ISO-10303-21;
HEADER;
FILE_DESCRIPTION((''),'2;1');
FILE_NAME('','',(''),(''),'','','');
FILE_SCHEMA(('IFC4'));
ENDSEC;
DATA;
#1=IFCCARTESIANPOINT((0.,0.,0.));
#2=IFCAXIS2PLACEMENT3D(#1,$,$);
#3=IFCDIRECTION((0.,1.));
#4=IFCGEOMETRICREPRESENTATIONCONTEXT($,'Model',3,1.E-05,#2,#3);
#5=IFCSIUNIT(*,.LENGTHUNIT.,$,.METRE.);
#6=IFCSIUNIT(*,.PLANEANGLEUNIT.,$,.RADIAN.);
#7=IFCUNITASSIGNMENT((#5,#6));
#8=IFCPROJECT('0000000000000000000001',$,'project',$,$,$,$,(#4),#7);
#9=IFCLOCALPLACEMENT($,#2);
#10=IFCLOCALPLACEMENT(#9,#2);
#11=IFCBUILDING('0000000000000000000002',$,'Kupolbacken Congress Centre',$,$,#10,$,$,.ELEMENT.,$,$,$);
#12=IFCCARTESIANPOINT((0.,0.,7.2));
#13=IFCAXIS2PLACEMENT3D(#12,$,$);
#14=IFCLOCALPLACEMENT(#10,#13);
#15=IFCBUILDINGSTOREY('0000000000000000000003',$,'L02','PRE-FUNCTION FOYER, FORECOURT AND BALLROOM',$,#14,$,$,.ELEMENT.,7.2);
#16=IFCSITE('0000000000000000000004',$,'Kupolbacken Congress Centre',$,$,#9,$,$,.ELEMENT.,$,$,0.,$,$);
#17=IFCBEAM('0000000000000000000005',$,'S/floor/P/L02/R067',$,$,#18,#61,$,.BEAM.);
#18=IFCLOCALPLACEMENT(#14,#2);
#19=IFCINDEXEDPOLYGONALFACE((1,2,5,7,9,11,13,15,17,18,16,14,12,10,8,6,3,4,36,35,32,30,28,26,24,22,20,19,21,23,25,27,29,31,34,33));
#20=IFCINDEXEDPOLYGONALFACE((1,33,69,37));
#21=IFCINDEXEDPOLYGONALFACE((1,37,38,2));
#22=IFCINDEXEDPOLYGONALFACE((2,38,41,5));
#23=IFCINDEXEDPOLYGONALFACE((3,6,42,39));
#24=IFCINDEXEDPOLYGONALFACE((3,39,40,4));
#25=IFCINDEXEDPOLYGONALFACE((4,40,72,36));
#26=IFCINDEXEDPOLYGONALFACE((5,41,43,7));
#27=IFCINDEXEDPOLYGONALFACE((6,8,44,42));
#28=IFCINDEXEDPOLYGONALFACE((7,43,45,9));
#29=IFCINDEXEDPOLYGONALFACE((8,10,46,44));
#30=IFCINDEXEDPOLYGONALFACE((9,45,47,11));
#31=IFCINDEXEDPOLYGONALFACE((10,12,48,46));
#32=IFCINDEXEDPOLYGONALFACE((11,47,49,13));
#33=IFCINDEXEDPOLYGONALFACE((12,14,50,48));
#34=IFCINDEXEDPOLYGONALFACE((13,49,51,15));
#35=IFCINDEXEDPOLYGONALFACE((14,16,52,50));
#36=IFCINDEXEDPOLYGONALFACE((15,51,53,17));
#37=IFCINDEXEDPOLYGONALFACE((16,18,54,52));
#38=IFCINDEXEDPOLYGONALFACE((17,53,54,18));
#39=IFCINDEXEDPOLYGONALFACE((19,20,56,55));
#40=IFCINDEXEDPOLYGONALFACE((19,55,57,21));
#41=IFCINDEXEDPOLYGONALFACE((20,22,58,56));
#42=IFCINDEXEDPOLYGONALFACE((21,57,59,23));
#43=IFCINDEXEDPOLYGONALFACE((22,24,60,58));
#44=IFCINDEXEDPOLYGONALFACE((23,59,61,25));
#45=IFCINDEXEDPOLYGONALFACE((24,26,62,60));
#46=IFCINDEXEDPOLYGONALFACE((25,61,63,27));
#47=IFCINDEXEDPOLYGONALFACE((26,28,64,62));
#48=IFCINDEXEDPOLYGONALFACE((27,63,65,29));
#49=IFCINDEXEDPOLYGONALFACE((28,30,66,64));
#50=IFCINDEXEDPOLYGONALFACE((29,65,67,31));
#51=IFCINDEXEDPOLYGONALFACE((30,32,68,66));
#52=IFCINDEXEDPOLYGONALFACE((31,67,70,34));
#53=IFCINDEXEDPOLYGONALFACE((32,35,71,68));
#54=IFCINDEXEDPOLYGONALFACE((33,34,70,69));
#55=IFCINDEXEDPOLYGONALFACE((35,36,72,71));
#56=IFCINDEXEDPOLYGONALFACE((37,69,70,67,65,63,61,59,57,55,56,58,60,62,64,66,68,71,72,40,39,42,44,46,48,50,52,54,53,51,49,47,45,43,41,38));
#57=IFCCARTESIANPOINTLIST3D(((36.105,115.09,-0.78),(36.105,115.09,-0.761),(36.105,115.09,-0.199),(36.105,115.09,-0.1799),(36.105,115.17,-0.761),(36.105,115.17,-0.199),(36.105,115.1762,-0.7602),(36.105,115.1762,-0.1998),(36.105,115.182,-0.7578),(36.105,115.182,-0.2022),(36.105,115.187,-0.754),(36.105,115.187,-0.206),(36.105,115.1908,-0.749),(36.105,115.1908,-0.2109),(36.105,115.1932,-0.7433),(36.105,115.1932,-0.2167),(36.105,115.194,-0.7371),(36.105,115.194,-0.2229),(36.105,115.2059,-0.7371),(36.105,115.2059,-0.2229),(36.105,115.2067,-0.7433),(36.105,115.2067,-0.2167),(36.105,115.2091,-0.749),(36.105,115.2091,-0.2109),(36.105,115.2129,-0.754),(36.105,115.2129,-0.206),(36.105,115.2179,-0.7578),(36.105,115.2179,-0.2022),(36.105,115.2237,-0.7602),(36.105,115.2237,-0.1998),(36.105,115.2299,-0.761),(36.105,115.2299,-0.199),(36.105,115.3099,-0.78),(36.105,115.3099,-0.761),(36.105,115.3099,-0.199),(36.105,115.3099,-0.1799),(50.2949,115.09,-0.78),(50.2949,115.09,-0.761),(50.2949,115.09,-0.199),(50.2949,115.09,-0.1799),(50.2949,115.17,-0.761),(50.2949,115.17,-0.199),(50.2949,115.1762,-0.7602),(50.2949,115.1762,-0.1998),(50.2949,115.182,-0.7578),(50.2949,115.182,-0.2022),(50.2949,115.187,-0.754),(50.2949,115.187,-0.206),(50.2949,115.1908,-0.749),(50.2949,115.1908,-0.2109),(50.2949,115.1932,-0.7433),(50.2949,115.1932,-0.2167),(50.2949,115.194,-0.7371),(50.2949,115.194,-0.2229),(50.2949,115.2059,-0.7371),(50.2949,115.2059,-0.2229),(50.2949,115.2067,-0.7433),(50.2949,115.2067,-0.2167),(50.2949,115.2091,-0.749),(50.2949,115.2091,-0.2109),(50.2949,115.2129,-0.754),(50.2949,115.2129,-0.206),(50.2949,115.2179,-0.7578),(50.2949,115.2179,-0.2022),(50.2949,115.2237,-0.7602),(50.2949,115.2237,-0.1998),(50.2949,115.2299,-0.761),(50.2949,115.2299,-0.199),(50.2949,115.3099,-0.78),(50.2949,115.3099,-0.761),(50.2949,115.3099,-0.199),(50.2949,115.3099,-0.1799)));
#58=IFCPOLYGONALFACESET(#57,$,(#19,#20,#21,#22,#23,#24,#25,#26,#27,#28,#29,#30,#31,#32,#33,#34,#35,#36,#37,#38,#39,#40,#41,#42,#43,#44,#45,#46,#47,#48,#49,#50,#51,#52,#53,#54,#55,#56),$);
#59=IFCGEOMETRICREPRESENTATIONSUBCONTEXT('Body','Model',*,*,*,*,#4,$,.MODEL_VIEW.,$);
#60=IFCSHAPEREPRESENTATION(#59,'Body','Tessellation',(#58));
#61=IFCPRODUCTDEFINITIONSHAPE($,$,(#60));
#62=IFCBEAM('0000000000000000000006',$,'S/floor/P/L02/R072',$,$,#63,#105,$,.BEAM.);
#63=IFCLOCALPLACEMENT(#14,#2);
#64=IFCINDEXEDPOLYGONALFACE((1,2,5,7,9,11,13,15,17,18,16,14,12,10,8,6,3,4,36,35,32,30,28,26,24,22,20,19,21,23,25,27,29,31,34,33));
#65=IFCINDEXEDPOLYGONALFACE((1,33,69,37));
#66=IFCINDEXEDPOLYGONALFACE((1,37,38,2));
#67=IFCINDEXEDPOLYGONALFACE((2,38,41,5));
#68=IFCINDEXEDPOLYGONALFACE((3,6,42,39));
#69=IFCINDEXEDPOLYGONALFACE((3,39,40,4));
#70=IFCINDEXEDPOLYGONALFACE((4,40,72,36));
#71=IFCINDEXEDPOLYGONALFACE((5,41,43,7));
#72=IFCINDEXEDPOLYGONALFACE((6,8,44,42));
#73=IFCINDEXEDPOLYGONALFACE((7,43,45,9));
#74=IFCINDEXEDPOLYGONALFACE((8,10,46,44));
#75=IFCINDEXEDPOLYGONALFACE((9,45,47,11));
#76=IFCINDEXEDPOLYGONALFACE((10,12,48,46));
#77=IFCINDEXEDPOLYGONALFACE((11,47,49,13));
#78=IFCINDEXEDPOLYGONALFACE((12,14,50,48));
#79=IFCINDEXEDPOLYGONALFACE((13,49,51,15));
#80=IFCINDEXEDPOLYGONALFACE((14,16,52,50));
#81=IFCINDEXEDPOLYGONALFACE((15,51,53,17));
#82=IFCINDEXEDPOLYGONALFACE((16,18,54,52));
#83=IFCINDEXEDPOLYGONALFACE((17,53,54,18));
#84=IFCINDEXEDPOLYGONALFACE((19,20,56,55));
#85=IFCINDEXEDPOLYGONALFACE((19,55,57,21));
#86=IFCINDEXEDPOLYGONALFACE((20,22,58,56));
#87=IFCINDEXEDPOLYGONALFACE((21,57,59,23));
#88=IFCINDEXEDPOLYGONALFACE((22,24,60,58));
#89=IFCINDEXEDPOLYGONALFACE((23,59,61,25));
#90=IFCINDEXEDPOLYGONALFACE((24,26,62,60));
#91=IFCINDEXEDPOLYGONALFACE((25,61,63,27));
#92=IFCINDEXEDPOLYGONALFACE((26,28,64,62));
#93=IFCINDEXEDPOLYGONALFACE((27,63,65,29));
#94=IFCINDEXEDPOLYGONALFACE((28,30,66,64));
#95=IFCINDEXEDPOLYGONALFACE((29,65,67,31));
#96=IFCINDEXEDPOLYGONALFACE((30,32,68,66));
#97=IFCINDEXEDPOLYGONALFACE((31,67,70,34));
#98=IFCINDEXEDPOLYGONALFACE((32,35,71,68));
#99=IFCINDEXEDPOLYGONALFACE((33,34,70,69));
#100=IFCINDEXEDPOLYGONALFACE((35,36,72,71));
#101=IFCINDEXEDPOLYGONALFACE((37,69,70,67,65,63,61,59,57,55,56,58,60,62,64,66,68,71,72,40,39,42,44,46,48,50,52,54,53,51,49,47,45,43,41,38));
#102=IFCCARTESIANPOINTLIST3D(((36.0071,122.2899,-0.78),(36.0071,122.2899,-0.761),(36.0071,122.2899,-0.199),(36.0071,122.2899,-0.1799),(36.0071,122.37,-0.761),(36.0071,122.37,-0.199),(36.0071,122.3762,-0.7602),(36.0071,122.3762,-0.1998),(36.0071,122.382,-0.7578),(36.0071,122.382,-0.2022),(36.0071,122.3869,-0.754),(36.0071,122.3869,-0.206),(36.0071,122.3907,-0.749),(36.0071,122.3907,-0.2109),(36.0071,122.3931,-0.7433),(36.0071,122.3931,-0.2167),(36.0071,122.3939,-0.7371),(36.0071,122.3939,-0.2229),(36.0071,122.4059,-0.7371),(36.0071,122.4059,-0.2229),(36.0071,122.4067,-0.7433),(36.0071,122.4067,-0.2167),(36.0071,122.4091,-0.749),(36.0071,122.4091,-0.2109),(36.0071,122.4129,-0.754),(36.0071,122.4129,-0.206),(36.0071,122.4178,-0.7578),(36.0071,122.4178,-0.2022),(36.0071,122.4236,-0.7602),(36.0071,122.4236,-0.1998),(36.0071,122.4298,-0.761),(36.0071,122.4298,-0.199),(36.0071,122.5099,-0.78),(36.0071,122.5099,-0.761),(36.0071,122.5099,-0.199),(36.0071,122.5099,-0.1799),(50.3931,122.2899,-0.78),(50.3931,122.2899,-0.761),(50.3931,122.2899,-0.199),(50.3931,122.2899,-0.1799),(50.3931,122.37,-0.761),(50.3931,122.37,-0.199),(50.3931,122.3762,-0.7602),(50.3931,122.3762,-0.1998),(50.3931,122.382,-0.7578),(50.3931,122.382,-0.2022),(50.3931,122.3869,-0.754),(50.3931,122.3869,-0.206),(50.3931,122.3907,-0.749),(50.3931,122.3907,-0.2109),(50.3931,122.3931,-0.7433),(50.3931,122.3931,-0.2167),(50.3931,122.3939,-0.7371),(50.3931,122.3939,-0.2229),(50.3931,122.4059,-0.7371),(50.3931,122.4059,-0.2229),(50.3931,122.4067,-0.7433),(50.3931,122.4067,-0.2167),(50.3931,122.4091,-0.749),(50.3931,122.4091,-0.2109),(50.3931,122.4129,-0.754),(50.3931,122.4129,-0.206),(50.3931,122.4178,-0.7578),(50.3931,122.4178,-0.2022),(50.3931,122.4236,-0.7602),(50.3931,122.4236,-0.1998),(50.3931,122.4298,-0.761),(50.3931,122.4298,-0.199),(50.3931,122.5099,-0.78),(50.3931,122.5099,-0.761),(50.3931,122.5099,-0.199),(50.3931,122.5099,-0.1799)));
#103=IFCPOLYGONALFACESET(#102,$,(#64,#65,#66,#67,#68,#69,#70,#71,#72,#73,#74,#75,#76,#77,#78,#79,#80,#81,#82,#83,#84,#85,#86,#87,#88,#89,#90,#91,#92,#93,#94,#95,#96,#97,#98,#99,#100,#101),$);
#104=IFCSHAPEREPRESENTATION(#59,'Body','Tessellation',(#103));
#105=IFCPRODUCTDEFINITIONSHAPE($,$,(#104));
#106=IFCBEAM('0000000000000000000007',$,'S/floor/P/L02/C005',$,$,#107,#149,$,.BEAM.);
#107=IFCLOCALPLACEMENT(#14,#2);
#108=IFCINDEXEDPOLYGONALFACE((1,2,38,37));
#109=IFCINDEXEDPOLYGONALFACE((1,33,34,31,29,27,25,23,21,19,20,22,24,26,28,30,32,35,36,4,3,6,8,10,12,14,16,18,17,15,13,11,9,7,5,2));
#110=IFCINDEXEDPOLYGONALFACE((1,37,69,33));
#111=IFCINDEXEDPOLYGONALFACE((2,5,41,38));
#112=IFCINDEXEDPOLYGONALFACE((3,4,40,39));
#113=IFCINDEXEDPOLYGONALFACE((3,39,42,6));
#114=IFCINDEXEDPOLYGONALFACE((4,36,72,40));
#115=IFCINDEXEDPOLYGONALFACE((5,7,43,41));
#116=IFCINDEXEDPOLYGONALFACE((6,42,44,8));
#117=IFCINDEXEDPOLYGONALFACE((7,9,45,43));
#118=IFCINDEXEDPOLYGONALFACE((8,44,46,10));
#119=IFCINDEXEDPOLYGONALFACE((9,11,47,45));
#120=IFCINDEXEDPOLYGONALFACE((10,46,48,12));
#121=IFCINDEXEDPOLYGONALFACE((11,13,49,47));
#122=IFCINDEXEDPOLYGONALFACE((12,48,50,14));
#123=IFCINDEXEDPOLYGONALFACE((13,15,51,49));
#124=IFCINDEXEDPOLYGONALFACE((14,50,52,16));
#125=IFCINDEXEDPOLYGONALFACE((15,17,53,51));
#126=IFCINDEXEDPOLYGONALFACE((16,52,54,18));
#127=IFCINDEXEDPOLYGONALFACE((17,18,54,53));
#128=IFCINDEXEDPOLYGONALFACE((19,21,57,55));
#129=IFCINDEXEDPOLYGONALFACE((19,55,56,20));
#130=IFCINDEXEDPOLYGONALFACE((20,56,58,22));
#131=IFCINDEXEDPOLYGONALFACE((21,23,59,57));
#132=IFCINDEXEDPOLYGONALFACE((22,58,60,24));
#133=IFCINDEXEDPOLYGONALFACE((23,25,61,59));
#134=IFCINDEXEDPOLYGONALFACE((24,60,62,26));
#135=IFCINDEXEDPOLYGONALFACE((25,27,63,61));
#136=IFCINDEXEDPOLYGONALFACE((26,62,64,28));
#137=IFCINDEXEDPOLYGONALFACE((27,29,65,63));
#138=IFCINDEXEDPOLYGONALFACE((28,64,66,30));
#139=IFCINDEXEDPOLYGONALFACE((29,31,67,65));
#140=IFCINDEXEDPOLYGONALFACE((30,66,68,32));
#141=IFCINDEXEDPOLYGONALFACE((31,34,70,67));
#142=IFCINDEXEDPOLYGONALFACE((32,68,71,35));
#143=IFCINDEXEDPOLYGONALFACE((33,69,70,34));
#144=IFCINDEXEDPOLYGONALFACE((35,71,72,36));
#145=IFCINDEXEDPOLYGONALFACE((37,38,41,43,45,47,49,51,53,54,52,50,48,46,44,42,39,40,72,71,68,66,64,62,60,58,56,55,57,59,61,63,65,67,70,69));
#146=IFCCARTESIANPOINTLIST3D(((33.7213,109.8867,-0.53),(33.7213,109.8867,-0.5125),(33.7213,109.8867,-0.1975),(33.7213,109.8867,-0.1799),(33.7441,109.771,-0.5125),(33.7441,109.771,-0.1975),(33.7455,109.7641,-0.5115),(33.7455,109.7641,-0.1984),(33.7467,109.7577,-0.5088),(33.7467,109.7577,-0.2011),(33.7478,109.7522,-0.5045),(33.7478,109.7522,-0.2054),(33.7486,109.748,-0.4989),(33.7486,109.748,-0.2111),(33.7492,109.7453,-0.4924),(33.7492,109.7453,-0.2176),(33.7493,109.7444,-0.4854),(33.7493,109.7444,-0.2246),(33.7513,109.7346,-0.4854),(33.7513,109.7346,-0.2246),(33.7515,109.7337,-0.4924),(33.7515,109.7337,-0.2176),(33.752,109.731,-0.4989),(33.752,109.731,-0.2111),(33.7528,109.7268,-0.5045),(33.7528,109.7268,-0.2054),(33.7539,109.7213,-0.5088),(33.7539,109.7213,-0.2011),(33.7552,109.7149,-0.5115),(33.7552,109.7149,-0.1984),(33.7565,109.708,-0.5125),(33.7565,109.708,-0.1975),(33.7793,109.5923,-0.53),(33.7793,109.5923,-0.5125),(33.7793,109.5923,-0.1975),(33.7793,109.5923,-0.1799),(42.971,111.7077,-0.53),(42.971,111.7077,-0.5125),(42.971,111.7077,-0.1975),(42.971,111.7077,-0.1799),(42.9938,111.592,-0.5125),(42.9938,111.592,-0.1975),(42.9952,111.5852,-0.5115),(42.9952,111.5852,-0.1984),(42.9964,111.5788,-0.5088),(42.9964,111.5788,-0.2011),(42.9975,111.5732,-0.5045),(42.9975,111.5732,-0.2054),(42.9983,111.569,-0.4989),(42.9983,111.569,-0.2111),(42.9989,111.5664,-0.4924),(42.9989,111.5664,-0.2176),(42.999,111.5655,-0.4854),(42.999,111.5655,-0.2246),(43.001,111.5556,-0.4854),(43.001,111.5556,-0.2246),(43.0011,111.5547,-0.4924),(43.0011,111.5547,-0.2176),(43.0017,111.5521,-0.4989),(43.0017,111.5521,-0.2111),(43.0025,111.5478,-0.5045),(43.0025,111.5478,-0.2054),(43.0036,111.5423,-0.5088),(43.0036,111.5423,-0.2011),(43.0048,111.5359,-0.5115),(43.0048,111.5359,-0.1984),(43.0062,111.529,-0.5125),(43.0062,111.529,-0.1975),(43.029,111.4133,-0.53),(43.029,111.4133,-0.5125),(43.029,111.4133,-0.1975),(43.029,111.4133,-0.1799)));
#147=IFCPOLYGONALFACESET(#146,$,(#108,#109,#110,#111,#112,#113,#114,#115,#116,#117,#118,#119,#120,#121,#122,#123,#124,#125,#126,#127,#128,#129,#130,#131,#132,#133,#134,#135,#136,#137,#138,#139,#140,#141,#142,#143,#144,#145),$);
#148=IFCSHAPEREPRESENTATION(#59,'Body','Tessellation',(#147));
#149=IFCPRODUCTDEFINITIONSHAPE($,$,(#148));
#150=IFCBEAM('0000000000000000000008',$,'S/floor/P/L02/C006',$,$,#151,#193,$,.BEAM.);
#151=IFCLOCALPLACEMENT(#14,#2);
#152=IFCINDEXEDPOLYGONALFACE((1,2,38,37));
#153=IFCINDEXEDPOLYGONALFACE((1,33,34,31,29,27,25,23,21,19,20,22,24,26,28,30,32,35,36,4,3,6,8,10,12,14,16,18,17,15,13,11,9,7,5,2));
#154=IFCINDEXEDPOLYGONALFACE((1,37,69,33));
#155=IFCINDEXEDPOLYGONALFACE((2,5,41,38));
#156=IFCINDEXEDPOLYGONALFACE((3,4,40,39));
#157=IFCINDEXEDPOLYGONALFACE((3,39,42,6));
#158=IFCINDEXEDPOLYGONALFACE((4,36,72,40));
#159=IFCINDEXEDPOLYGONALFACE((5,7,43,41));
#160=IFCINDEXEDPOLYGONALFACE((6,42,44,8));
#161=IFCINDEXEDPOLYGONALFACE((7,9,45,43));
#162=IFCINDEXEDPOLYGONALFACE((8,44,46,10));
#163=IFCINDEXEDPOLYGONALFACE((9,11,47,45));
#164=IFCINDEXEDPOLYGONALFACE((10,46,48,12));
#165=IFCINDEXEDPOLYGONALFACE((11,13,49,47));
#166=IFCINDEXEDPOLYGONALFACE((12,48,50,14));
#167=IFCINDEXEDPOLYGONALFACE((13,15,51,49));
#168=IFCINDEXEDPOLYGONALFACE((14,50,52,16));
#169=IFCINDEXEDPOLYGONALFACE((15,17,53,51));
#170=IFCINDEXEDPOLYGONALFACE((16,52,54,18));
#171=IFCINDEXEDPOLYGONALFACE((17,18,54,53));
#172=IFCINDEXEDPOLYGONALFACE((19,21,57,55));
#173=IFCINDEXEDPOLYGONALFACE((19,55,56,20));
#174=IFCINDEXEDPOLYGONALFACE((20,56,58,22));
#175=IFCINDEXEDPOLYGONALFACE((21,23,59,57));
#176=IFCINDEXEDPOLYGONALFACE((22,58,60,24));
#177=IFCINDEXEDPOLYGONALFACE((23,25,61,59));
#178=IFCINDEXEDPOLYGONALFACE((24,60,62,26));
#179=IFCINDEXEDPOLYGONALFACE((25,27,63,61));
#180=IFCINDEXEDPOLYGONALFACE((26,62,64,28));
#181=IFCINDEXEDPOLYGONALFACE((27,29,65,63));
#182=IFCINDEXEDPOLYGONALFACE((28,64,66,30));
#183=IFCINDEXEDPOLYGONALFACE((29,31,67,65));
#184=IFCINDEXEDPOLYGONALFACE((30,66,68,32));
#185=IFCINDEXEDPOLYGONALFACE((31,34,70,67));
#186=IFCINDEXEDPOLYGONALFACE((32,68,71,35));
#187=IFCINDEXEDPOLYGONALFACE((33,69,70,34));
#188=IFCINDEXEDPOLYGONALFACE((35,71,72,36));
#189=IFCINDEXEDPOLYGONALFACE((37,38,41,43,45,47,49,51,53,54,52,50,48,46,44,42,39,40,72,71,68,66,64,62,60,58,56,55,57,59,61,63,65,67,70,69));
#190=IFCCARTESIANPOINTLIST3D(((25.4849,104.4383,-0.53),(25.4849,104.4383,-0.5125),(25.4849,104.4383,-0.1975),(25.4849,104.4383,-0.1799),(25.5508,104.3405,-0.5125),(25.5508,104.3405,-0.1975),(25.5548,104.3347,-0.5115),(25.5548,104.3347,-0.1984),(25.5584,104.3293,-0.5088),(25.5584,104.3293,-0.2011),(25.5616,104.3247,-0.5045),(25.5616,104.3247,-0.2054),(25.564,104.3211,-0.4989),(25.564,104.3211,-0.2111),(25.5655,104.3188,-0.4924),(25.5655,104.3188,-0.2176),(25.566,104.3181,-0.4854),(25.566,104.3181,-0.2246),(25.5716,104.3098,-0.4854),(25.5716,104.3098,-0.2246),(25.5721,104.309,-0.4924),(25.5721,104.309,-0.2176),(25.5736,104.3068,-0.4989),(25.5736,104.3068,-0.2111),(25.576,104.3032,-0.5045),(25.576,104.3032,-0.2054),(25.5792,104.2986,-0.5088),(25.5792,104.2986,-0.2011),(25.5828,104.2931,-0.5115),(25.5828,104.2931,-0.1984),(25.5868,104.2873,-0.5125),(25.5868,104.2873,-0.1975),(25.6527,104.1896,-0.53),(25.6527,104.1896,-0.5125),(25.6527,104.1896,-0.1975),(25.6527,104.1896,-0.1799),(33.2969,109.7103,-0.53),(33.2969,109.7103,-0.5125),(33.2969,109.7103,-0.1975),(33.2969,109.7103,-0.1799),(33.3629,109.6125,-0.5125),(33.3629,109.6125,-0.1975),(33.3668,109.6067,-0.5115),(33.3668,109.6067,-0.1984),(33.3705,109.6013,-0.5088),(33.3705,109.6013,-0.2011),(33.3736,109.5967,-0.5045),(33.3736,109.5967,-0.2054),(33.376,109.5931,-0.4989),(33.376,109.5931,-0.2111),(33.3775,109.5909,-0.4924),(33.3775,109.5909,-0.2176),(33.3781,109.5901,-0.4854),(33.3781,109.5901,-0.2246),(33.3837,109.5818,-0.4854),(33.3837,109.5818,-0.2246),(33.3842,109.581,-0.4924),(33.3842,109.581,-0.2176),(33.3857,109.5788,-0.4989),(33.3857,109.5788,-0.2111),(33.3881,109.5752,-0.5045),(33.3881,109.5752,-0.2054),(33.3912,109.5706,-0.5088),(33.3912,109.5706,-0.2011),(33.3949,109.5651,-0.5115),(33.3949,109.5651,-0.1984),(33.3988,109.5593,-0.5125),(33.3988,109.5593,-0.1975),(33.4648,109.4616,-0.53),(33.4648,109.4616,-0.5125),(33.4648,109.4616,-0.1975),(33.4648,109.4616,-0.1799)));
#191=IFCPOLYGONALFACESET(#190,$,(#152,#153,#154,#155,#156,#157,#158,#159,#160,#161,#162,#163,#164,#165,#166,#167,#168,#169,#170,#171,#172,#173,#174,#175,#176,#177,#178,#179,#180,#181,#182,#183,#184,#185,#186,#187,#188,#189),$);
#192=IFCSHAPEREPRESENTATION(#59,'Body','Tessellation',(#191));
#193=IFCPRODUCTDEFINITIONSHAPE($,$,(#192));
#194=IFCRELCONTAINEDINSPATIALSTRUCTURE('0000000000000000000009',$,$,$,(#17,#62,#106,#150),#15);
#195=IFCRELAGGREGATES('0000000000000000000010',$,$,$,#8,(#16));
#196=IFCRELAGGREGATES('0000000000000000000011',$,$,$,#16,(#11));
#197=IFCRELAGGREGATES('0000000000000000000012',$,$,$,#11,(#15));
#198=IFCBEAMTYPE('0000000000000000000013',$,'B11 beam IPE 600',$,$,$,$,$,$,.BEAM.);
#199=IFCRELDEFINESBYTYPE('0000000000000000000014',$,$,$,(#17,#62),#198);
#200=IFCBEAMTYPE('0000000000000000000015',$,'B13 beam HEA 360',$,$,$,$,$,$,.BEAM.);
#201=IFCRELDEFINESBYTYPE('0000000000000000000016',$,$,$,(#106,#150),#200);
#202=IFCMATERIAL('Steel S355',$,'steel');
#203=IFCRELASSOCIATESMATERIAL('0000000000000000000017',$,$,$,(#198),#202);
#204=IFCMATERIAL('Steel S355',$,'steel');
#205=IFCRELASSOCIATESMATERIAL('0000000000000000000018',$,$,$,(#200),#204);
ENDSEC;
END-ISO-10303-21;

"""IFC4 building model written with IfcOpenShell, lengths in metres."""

from ifc_helpers import new_model, si_unit, direction, frame, origin, origin_2d, place, context, subcontext, project, spatial, i_section, extrude, material, material_profile, profile_set, type_object, element, save


model = new_model("IFC4")

# Units and contexts
model_context = context("Model", 3, precision=1e-05, world=origin(), true_north=direction((0.0, 1.0)))
body_context = subcontext(model_context, "Body", "Model", "MODEL_VIEW")
ifc_project = project(units=[si_unit("LENGTHUNIT", "METRE"), si_unit("PLANEANGLEUNIT", "RADIAN")], contexts=[model_context])

# Site, building, storey
site_placement = place(None, origin())
site = spatial("IfcSite", under=ifc_project, at=site_placement, Name="Kupolbacken Congress Centre", CompositionType="ELEMENT", RefElevation=0.0)
building_placement = place(site_placement, origin())
building = spatial("IfcBuilding", under=site, at=building_placement, Name="Kupolbacken Congress Centre", CompositionType="ELEMENT")
storey_placement = place(building_placement, frame((0.0, 0.0, 7.2)))
storey = spatial("IfcBuildingStorey", under=building, at=storey_placement, Name="L02", Description="PRE-FUNCTION FOYER, FORECOURT AND BALLROOM", CompositionType="ELEMENT", Elevation=7.2)

# Beams
ifc_material_1 = material(Name="Steel S355", Category="steel")
ifc_material_profile_1 = material_profile(ifc_material_1, i_section(OverallWidth=0.22, OverallDepth=0.6001, WebThickness=0.012, FlangeThickness=0.019, FilletRadius=0.0239, at=origin_2d()), Name="IPE 600")
ifc_profile_set_1 = profile_set([ifc_material_profile_1], Name="Steel S355")
beam_type_1 = type_object("IfcBeamType", Name="B11 beam IPE 600", PredefinedType="BEAM", material=ifc_profile_set_1)
beam_1_placement = place(storey_placement, frame((36.105, 115.2, -0.48), z_axis=(1.0, 0.0, 0.0), x_axis=(0.0, 1.0, 0.0)))
element("IfcBeam", 1, at=beam_1_placement, inside=storey, type_object=beam_type_1, Name="S/floor/P/L02/R067", PredefinedType="BEAM", context=body_context, shape_type="SweptSolid", body=[
    extrude(i_section(OverallWidth=0.22, OverallDepth=0.6001, WebThickness=0.012, FlangeThickness=0.019, FilletRadius=0.0239, at=origin_2d()), origin(), (0.0, 0.0, 1.0), 14.1899),
])
beam_2_placement = place(storey_placement, frame((36.0071, 122.3999, -0.48), z_axis=(1.0, 0.0, 0.0), x_axis=(0.0, 1.0, 0.0)))
element("IfcBeam", 2, at=beam_2_placement, inside=storey, type_object=beam_type_1, Name="S/floor/P/L02/R072", PredefinedType="BEAM", context=body_context, shape_type="SweptSolid", body=[
    extrude(i_section(OverallWidth=0.22, OverallDepth=0.6001, WebThickness=0.012, FlangeThickness=0.019, FilletRadius=0.0239, at=origin_2d()), origin(), (0.0, 0.0, 1.0), 14.386),
])
ifc_material_2 = material(Name="Steel S355", Category="steel")
ifc_material_profile_2 = material_profile(ifc_material_2, i_section(OverallWidth=0.3, OverallDepth=0.3501, WebThickness=0.01, FlangeThickness=0.0176, FilletRadius=0.0271, at=origin_2d()), Name="HEA 360")
ifc_profile_set_2 = profile_set([ifc_material_profile_2], Name="Steel S355")
beam_type_2 = type_object("IfcBeamType", Name="B13 beam HEA 360", PredefinedType="BEAM", material=ifc_profile_set_2)
beam_3_placement = place(storey_placement, frame((43.0, 111.5605, -0.355), z_axis=(-0.981166, -0.193167, 0.0), x_axis=(0.193167, -0.981166, 0.0)))
element("IfcBeam", 3, at=beam_3_placement, inside=storey, type_object=beam_type_2, Name="S/floor/P/L02/C005", PredefinedType="BEAM", context=body_context, shape_type="SweptSolid", body=[
    extrude(i_section(OverallWidth=0.3, OverallDepth=0.3501, WebThickness=0.01, FlangeThickness=0.0176, FilletRadius=0.0271, at=origin_2d()), origin(), (0.0, 0.0, 1.0), 9.4272),
])
beam_4_placement = place(storey_placement, frame((33.3809, 109.5859, -0.355), z_axis=(-0.828905, -0.55939, 0.0), x_axis=(0.55939, -0.828905, 0.0)))
element("IfcBeam", 4, at=beam_4_placement, inside=storey, type_object=beam_type_2, Name="S/floor/P/L02/C006", PredefinedType="BEAM", context=body_context, shape_type="SweptSolid", body=[
    extrude(i_section(OverallWidth=0.3, OverallDepth=0.3501, WebThickness=0.01, FlangeThickness=0.0176, FilletRadius=0.0271, at=origin_2d()), origin(), (0.0, 0.0, 1.0), 9.4246),
])

save(model, "model.ifc")
